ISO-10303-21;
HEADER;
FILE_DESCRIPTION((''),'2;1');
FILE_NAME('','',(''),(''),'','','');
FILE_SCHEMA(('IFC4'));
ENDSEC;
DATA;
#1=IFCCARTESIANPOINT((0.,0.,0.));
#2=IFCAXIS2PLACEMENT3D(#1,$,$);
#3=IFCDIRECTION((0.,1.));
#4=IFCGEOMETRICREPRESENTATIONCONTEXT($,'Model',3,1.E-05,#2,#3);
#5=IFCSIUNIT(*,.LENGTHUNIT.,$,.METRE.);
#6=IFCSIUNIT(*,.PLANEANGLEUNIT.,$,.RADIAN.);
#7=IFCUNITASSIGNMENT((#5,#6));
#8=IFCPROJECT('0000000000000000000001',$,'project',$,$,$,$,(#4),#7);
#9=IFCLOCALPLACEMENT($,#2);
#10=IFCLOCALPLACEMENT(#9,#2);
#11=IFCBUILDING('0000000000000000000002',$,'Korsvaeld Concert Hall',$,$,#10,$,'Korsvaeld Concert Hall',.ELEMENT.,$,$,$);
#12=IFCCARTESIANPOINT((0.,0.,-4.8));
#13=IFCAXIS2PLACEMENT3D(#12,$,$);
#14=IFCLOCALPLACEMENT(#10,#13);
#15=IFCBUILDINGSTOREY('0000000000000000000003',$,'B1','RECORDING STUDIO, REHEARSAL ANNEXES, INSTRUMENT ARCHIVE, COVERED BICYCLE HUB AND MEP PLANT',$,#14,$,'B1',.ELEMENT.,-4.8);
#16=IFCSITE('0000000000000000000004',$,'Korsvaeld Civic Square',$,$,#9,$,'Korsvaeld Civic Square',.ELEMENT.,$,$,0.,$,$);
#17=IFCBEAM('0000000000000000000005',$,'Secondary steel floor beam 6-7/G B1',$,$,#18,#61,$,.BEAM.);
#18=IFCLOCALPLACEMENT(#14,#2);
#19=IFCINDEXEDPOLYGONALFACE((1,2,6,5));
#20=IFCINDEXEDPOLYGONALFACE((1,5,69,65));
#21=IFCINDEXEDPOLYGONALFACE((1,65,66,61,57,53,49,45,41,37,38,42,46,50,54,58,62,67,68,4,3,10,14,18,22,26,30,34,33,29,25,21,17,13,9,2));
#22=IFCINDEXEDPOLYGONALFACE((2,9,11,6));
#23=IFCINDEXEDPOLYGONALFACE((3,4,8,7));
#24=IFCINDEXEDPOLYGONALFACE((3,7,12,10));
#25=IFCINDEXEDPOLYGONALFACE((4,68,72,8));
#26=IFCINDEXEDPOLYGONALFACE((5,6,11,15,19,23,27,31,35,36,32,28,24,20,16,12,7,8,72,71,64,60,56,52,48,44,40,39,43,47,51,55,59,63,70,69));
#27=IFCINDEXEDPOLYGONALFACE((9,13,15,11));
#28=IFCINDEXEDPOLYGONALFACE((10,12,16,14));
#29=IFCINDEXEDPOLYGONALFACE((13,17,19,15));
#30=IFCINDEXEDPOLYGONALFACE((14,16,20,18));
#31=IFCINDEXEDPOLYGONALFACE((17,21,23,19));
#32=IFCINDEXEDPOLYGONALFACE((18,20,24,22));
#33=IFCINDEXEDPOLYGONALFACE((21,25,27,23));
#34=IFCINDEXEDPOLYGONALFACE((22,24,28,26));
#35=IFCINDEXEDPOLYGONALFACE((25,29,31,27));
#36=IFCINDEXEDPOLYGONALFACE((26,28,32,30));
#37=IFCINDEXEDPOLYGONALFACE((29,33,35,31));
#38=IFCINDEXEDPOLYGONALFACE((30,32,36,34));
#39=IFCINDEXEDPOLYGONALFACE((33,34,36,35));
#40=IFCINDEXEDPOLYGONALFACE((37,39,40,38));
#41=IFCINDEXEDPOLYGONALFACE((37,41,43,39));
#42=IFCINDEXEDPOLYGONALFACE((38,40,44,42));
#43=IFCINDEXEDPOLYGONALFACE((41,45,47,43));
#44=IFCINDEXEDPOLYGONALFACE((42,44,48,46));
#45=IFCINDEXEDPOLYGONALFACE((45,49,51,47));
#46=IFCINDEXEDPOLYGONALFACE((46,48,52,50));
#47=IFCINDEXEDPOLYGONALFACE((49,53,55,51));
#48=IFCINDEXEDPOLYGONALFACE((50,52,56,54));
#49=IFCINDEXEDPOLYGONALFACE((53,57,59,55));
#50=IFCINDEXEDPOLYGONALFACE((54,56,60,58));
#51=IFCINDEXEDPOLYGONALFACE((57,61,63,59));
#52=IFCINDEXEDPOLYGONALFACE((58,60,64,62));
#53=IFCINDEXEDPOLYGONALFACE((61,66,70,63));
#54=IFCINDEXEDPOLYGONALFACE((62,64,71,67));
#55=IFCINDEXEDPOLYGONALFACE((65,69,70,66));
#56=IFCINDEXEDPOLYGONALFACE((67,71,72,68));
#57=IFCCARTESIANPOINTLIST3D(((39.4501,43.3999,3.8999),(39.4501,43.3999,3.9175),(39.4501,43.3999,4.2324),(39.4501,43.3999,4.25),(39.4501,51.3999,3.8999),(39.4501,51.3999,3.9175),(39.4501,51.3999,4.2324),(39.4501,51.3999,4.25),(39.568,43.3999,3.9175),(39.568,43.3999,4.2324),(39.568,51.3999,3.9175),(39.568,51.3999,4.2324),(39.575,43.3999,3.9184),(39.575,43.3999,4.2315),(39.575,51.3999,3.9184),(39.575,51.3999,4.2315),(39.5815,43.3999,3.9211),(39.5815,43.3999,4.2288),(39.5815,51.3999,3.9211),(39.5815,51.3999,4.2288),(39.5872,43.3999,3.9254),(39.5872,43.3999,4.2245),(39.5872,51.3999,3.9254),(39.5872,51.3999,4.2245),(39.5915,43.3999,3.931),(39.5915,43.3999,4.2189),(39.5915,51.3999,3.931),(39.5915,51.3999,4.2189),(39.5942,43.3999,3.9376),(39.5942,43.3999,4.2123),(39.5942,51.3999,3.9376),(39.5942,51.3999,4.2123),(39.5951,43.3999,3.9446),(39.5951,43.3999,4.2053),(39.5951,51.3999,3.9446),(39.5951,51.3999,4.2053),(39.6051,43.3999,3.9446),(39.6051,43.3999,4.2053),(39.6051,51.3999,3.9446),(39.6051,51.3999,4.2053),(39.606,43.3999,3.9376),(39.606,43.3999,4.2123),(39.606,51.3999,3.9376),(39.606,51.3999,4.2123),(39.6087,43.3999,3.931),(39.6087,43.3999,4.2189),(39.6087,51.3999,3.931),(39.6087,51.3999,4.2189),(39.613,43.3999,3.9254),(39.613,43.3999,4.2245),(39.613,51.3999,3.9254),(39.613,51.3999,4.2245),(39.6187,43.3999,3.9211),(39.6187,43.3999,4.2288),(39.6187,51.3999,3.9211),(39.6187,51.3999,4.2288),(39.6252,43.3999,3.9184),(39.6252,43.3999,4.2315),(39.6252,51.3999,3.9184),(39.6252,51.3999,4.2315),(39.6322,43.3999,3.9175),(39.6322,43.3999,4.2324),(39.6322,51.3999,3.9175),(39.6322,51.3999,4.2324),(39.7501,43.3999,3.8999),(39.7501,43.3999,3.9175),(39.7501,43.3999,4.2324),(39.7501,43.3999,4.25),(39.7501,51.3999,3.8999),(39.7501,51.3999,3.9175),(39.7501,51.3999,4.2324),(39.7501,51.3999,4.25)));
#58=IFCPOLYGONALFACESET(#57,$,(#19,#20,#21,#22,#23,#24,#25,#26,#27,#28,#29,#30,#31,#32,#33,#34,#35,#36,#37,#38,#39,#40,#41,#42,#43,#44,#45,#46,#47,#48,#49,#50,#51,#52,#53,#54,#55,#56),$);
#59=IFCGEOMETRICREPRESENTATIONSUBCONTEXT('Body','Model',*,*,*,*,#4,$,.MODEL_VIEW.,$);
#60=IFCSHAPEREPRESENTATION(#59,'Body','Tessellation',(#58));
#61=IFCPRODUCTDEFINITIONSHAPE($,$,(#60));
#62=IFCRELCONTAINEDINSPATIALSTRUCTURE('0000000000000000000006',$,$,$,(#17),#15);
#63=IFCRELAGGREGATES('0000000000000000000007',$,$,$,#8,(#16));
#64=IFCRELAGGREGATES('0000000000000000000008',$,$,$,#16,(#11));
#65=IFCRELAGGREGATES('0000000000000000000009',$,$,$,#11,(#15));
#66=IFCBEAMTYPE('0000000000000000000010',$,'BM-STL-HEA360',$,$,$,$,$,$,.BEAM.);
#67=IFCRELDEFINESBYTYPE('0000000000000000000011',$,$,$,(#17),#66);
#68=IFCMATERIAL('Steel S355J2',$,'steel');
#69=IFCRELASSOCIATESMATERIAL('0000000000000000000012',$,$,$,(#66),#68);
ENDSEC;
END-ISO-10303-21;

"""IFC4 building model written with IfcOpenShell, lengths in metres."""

from ifc_helpers import new_model, si_unit, direction, frame, origin, origin_2d, place, context, subcontext, project, spatial, i_section, extrude, material, material_profile, profile_set, type_object, element, save


model = new_model("IFC4")

# Units and contexts
model_context = context("Model", 3, precision=1e-05, world=origin(), true_north=direction((0.0, 1.0)))
body_context = subcontext(model_context, "Body", "Model", "MODEL_VIEW")
ifc_project = project(units=[si_unit("LENGTHUNIT", "METRE"), si_unit("PLANEANGLEUNIT", "RADIAN")], contexts=[model_context])

# Site, building, storey
site_placement = place(None, origin())
site = spatial("IfcSite", under=ifc_project, at=site_placement, Name="Korsvaeld Civic Square", LongName="Korsvaeld Civic Square", CompositionType="ELEMENT", RefElevation=0.0)
building_placement = place(site_placement, origin())
building = spatial("IfcBuilding", under=site, at=building_placement, Name="Korsvaeld Concert Hall", LongName="Korsvaeld Concert Hall", CompositionType="ELEMENT")
storey_placement = place(building_placement, frame((0.0, 0.0, -4.8)))
storey = spatial("IfcBuildingStorey", under=building, at=storey_placement, Name="B1", Description="RECORDING STUDIO, REHEARSAL ANNEXES, INSTRUMENT ARCHIVE, COVERED BICYCLE HUB AND MEP PLANT", LongName="B1", CompositionType="ELEMENT", Elevation=-4.8)

# Beam
ifc_material_1 = material(Name="Steel S355J2", Category="steel")
ifc_material_profile_1 = material_profile(ifc_material_1, i_section(OverallWidth=0.3, OverallDepth=0.3501, WebThickness=0.01, FlangeThickness=0.0176, FilletRadius=0.0271, at=origin_2d()), Name="HEA 360")
ifc_profile_set_1 = profile_set([ifc_material_profile_1], Name="Steel S355J2")
beam_type_1 = type_object("IfcBeamType", Name="BM-STL-HEA360", PredefinedType="BEAM", material=ifc_profile_set_1)
beam_1_placement = place(storey_placement, frame((39.6001, 43.3999, 4.075), z_axis=(0.0, 1.0, 0.0), x_axis=(-1.0, 0.0, 0.0)))
element("IfcBeam", 1, at=beam_1_placement, inside=storey, type_object=beam_type_1, Name="Secondary steel floor beam 6-7/G B1", PredefinedType="BEAM", context=body_context, shape_type="SweptSolid", body=[
    extrude(i_section(OverallWidth=0.3, OverallDepth=0.3501, WebThickness=0.01, FlangeThickness=0.0176, FilletRadius=0.0271, at=origin_2d()), origin(), (0.0, 0.0, 1.0), 8.0),
])

save(model, "model.ifc")
